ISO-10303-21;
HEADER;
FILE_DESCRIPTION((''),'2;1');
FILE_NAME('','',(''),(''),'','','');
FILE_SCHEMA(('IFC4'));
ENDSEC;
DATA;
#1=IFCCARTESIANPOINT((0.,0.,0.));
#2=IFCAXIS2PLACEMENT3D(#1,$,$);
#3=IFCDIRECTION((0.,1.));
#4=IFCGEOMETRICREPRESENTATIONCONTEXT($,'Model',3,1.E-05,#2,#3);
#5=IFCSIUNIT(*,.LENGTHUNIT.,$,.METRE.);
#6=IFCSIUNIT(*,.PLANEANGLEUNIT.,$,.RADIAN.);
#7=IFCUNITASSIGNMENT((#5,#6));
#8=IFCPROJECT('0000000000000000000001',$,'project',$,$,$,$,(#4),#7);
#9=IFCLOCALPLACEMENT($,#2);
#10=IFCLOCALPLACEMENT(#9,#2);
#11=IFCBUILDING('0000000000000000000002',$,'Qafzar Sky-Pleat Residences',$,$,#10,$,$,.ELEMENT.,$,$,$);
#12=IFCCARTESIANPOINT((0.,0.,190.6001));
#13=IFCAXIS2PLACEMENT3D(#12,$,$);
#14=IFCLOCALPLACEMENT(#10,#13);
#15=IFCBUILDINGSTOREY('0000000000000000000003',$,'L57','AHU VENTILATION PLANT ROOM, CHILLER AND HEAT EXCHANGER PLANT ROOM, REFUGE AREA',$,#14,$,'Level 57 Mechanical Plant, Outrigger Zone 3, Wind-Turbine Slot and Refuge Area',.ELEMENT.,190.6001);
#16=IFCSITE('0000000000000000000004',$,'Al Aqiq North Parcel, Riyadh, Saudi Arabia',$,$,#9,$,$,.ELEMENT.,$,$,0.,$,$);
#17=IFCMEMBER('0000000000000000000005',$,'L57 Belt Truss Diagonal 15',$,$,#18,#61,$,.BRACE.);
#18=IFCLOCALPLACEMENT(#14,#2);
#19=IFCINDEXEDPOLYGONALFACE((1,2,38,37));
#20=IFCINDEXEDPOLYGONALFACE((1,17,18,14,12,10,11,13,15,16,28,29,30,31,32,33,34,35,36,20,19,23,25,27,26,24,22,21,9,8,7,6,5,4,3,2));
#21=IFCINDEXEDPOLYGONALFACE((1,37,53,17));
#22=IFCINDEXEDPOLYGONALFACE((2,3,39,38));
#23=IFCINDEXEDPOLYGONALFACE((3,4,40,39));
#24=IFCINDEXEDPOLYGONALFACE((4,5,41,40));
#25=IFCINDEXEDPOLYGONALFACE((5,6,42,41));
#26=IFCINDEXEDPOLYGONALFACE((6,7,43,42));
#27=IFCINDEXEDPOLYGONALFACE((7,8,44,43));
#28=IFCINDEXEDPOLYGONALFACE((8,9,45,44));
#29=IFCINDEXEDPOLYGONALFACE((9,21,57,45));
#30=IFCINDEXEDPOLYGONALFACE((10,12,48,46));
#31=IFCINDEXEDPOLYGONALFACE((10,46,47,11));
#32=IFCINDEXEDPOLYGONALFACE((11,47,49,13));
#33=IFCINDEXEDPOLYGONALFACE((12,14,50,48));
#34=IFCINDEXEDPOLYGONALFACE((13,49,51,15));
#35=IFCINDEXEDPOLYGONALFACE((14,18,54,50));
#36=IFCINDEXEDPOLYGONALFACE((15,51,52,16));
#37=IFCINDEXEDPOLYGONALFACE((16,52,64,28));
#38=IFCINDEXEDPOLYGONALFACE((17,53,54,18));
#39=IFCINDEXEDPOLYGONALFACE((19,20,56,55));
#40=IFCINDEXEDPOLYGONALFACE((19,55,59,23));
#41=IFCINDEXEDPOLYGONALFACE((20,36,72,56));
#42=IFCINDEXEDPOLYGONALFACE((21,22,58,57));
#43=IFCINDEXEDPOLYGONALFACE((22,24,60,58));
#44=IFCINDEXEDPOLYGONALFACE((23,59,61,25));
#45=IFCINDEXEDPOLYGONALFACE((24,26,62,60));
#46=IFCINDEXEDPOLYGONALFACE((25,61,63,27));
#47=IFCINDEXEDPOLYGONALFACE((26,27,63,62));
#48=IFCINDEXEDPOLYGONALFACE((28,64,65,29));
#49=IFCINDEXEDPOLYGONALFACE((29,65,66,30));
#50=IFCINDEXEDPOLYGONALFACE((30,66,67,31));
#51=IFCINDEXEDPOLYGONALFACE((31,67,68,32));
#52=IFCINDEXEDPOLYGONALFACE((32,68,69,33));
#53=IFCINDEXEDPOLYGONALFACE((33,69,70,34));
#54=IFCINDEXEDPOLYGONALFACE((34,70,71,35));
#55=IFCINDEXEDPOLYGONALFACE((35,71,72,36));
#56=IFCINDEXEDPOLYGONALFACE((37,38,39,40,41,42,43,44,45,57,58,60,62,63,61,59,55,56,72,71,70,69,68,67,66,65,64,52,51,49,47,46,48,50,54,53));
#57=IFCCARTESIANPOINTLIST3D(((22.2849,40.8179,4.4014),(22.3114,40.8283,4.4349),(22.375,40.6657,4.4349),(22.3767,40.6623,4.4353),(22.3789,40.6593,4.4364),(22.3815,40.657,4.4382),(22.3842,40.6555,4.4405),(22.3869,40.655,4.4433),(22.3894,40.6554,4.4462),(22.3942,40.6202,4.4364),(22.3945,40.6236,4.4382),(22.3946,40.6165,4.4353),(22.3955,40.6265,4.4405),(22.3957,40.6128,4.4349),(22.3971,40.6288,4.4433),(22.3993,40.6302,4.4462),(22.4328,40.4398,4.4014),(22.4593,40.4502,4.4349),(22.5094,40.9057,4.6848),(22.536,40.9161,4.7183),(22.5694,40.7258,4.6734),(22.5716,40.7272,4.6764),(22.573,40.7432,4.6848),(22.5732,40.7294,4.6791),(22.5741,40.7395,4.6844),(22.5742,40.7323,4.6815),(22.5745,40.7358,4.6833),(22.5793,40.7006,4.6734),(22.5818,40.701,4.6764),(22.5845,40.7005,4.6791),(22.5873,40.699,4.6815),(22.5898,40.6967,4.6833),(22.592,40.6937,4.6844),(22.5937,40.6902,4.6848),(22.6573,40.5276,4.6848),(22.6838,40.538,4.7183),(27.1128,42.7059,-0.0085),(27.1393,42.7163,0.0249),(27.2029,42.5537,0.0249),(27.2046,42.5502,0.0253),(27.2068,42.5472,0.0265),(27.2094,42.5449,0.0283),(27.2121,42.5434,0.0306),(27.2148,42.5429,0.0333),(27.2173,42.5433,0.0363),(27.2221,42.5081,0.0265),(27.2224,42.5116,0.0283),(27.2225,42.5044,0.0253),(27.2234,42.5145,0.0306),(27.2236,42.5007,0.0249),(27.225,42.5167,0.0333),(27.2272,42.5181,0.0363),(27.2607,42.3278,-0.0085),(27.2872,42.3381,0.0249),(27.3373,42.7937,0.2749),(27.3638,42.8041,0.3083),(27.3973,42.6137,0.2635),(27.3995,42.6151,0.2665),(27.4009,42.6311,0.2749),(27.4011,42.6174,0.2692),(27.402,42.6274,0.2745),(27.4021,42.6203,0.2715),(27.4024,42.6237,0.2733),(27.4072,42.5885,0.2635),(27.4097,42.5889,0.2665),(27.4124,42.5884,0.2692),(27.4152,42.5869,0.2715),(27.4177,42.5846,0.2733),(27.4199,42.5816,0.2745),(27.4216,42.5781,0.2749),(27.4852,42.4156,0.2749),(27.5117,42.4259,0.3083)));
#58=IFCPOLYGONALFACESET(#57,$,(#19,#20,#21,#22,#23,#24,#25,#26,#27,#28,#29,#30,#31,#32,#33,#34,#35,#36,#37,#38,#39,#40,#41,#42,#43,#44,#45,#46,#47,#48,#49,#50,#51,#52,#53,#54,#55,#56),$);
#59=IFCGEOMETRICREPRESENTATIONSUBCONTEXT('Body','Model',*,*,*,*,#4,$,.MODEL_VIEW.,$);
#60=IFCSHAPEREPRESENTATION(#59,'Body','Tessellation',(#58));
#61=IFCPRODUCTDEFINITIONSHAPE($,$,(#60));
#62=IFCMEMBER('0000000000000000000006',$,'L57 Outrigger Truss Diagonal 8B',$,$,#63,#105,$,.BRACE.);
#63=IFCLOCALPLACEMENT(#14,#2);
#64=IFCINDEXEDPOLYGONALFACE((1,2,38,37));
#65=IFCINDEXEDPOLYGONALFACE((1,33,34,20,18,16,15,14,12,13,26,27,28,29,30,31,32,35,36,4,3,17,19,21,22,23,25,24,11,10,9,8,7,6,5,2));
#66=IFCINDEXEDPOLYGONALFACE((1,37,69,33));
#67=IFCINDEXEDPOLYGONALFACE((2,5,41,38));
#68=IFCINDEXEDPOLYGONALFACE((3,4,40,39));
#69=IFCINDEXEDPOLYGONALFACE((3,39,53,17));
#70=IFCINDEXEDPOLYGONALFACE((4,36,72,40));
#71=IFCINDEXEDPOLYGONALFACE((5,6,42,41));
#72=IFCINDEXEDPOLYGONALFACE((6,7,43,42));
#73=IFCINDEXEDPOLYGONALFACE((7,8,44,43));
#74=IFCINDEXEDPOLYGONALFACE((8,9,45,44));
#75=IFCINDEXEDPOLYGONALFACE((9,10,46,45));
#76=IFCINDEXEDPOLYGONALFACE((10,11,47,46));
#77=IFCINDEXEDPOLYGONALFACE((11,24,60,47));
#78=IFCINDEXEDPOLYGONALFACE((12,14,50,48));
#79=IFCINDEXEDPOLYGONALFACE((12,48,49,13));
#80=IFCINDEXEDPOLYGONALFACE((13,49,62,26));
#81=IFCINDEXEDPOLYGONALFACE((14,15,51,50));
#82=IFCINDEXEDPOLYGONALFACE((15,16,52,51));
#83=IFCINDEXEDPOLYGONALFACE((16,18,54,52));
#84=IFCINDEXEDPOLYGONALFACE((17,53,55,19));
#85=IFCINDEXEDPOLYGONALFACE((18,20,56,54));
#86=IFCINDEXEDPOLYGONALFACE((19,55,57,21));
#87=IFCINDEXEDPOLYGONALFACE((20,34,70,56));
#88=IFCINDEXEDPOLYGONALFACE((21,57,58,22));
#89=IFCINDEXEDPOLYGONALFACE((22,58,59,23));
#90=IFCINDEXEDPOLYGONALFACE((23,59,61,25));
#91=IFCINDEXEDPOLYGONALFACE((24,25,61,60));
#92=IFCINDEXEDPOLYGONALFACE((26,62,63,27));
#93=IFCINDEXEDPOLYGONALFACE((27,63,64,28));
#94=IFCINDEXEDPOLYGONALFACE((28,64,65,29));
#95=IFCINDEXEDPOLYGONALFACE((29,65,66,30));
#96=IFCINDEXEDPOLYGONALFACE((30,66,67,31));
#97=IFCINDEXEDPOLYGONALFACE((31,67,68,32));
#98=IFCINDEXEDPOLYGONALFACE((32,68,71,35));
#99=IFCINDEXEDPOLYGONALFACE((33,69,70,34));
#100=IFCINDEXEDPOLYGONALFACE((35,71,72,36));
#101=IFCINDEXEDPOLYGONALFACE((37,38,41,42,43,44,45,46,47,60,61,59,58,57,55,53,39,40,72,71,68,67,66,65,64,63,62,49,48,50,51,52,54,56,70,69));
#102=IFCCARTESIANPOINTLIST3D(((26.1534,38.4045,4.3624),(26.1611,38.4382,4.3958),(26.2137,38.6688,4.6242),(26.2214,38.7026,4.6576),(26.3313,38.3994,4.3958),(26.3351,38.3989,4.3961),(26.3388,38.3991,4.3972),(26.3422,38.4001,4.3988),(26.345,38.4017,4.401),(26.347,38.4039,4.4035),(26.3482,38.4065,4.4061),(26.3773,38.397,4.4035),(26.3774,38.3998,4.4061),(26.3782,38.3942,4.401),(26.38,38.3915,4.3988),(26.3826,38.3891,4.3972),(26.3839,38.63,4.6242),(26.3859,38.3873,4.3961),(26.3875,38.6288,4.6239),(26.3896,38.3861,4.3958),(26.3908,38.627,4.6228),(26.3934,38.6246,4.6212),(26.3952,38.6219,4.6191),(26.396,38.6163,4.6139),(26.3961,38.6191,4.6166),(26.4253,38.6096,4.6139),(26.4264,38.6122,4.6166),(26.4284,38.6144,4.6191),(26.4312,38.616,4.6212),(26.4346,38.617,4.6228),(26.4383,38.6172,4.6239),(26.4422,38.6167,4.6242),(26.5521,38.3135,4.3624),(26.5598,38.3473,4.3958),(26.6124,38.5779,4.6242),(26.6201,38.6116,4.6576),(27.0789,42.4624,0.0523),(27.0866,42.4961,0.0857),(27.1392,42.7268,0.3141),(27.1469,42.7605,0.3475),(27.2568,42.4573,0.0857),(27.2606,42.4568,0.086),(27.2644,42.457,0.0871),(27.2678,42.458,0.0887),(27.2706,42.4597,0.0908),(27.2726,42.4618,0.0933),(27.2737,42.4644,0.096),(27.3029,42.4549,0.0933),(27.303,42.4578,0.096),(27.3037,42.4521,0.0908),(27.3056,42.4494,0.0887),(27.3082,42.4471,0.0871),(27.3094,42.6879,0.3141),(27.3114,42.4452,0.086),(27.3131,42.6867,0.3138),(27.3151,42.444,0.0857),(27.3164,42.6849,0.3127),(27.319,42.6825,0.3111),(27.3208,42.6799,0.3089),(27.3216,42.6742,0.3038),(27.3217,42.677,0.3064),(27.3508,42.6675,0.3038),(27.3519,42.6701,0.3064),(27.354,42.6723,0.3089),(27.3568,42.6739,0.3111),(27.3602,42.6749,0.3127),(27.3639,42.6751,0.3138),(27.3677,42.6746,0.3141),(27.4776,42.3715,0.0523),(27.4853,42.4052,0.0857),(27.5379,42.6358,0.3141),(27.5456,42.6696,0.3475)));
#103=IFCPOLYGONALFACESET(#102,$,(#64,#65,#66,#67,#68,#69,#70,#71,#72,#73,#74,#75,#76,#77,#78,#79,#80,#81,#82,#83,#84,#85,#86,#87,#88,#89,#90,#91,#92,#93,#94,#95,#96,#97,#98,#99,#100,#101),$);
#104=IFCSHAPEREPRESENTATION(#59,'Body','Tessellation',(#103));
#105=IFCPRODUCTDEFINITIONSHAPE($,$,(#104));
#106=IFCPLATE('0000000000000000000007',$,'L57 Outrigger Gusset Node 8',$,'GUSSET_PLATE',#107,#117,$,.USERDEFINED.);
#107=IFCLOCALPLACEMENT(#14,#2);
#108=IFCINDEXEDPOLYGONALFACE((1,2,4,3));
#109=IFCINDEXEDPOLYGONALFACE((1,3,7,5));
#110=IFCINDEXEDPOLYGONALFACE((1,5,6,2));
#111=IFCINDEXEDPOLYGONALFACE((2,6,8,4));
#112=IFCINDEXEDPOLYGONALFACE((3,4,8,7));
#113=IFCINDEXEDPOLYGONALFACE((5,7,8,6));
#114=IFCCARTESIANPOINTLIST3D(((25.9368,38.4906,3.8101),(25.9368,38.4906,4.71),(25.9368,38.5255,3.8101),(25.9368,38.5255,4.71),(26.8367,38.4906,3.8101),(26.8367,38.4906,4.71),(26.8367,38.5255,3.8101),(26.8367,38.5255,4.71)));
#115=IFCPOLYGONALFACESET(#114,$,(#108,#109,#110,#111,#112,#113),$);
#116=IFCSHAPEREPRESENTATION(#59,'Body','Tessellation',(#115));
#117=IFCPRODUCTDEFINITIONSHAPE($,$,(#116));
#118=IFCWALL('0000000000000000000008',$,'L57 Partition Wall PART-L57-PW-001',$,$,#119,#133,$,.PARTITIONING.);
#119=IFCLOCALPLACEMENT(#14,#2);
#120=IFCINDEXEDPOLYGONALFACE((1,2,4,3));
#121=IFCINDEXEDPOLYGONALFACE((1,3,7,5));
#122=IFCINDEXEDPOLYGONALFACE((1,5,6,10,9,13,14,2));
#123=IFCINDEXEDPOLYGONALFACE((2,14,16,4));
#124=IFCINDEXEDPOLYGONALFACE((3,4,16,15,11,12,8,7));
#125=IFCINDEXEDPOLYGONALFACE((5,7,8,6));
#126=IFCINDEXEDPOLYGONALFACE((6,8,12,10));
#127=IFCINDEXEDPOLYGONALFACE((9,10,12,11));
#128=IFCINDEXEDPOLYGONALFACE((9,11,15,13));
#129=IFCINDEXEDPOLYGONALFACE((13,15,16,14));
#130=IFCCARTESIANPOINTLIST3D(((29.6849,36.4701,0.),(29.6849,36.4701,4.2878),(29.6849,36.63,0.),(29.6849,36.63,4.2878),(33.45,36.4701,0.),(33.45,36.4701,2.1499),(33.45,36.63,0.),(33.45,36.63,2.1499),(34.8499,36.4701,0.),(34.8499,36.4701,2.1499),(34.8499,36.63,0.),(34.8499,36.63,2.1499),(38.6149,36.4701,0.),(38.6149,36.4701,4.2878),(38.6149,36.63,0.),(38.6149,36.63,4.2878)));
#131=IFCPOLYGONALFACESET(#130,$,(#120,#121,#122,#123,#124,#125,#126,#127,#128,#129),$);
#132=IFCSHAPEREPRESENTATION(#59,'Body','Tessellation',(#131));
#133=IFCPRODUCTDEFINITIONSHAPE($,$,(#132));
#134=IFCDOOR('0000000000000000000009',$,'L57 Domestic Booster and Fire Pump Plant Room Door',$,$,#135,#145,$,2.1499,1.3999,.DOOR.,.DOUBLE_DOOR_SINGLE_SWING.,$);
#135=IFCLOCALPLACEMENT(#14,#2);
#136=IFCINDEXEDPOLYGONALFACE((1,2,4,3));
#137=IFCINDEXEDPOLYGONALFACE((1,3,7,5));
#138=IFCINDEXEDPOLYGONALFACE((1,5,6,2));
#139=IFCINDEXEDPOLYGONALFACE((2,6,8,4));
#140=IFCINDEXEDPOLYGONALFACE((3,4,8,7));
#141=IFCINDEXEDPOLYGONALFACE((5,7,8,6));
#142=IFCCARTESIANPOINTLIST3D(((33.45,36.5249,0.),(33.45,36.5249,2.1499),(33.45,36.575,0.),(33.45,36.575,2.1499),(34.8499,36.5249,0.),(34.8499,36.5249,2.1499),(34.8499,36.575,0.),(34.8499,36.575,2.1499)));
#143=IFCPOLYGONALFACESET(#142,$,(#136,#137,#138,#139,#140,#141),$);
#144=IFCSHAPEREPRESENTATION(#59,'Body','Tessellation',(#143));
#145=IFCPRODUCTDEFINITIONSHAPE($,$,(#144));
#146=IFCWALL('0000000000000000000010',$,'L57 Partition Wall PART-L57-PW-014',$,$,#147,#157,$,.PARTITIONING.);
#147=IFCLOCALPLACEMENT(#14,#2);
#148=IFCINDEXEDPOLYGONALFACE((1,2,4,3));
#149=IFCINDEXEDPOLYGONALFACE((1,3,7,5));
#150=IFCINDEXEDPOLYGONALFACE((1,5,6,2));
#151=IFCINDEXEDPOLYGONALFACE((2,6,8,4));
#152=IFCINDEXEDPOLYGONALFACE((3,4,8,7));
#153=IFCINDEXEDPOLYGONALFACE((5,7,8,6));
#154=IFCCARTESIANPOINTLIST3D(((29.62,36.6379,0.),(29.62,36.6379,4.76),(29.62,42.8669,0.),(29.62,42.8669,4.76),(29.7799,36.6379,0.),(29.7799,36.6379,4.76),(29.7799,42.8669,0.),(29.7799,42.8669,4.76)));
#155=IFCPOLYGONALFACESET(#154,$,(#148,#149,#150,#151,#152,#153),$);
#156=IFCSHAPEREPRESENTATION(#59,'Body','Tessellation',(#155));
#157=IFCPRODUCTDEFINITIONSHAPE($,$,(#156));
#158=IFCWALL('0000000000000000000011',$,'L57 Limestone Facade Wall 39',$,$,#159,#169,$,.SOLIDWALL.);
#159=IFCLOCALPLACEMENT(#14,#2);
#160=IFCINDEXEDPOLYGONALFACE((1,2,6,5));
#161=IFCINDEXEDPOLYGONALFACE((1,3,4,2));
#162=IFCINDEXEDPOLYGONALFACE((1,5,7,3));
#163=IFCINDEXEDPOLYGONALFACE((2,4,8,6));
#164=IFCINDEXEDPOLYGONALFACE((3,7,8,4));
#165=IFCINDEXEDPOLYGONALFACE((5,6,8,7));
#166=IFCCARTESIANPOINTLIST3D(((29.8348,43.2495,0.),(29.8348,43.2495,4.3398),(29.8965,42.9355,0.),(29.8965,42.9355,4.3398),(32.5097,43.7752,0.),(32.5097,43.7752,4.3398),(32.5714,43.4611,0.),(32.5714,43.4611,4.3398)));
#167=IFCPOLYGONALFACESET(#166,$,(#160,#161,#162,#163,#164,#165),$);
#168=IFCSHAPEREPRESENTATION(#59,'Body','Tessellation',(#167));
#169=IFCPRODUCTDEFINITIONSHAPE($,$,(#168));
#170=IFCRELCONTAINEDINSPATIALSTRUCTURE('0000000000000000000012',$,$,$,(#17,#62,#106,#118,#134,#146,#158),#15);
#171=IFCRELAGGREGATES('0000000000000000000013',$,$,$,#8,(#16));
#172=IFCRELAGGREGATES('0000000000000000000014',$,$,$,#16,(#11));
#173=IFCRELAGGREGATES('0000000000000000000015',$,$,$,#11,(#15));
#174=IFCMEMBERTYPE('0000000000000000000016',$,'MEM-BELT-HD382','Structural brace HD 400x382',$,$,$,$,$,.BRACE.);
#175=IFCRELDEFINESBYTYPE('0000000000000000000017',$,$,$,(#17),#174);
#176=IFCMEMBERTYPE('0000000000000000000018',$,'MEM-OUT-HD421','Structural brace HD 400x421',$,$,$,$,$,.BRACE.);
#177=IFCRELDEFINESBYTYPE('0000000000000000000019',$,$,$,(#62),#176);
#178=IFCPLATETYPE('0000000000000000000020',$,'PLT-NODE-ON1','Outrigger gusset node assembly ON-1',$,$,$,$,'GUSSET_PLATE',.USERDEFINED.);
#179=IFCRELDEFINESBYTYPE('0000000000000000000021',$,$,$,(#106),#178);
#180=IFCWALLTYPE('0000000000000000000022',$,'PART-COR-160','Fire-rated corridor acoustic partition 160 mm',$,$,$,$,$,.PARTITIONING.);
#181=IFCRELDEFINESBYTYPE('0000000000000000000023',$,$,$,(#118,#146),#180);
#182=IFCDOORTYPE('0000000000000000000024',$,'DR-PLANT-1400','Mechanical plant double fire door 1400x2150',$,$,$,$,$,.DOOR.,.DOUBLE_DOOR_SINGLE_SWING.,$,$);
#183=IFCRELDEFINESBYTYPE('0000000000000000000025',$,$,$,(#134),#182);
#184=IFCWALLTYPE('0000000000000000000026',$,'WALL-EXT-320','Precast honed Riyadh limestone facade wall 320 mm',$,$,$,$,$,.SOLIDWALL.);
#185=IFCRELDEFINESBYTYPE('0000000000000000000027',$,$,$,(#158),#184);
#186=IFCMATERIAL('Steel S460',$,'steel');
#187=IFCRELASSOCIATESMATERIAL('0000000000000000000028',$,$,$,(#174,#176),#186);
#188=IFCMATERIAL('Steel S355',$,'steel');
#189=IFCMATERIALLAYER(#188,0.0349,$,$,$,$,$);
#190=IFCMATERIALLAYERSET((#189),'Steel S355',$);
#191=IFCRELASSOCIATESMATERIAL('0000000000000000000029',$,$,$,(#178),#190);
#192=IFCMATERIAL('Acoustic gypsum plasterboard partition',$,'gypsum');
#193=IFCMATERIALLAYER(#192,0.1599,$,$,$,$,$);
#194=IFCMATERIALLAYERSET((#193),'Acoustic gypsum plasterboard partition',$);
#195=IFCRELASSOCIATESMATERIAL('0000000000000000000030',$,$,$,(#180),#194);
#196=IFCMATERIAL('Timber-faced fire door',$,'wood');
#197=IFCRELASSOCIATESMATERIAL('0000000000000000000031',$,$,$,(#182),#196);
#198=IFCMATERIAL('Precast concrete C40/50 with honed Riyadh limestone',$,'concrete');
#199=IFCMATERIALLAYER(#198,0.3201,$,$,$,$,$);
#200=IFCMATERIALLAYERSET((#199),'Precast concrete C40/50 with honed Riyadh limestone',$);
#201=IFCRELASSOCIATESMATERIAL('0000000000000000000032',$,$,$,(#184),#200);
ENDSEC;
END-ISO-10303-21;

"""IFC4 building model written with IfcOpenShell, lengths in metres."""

from ifc_helpers import new_model, si_unit, direction, frame, frame_2d, origin, origin_2d, place, context, subcontext, project, spatial, rectangle, i_section, extrude, source, transform, mapped, material, layer, layer_set, material_profile, profile_set, type_object, element, fill, save


model = new_model("IFC4")

# Units and contexts
model_context = context("Model", 3, precision=1e-05, world=origin(), true_north=direction((0.0, 1.0)))
body_context = subcontext(model_context, "Body", "Model", "MODEL_VIEW")
ifc_project = project(units=[si_unit("LENGTHUNIT", "METRE"), si_unit("PLANEANGLEUNIT", "RADIAN")], contexts=[model_context])

# Site, building, storey
site_placement = place(None, origin())
site = spatial("IfcSite", under=ifc_project, at=site_placement, Name="Al Aqiq North Parcel, Riyadh, Saudi Arabia", CompositionType="ELEMENT", RefElevation=0.0)
building_placement = place(site_placement, origin())
building = spatial("IfcBuilding", under=site, at=building_placement, Name="Qafzar Sky-Pleat Residences", CompositionType="ELEMENT")
storey_placement = place(building_placement, frame((0.0, 0.0, 190.6001)))
storey = spatial("IfcBuildingStorey", under=building, at=storey_placement, Name="L57", Description="AHU VENTILATION PLANT ROOM, CHILLER AND HEAT EXCHANGER PLANT ROOM, REFUGE AREA", LongName="Level 57 Mechanical Plant, Outrigger Zone 3, Wind-Turbine Slot and Refuge Area", CompositionType="ELEMENT", Elevation=190.6001)

# Shared definitions
ifc_material_1 = material(Name="Steel S355", Category="steel")

# Shared definitions
ifc_material_2 = material(Name="Steel S460", Category="steel")

# Members
ifc_material_profile_1 = material_profile(ifc_material_2, i_section(OverallWidth=0.406, OverallDepth=0.416, WebThickness=0.0271, FlangeThickness=0.0439, FilletRadius=0.0149, at=origin_2d()), Name="HD 400x382")
ifc_profile_set_1 = profile_set([ifc_material_profile_1], Name="Steel S460")
member_type_1 = type_object("IfcMemberType", Name="MEM-BELT-HD382", Description="Structural brace HD 400x382", PredefinedType="BRACE", material=ifc_profile_set_1)
shared_shape_1 = source(origin(), body_context, "Body", "SweptSolid", [
    extrude(i_section(OverallWidth=0.406, OverallDepth=0.416, WebThickness=0.0271, FlangeThickness=0.0439, FilletRadius=0.0149, at=origin_2d()), origin(), (0.0, 0.0, 1.0), 6.8059),
])
member_1_placement = place(storey_placement, frame((27.3123, 42.5659, 0.1499), z_axis=(-0.709369, -0.277398, 0.647956), x_axis=(0.364193, -0.931323, 0.0)))
element("IfcMember", 1, at=member_1_placement, inside=storey, type_object=member_type_1, Name="L57 Belt Truss Diagonal 15", PredefinedType="BRACE", context=body_context, shape_type="MappedRepresentation", body=[
    mapped(shared_shape_1, transform((0.0, 0.0, 0.0), x_axis=(1.0, 0.0, 0.0), y_axis=(0.0, 1.0, 0.0), z_axis=(0.0, 0.0, 1.0), scale=1.0)),
])
ifc_material_profile_2 = material_profile(ifc_material_2, i_section(OverallWidth=0.4089, OverallDepth=0.425, WebThickness=0.03, FlangeThickness=0.0481, FilletRadius=0.0149, at=origin_2d()), Name="HD 400x421")
ifc_profile_set_2 = profile_set([ifc_material_profile_2], Name="Steel S460")
member_type_2 = type_object("IfcMemberType", Name="MEM-OUT-HD421", Description="Structural brace HD 400x421", PredefinedType="BRACE", material=ifc_profile_set_2)
shared_shape_2 = source(origin(), body_context, "Body", "SweptSolid", [
    extrude(i_section(OverallWidth=0.4089, OverallDepth=0.425, WebThickness=0.03, FlangeThickness=0.0481, FilletRadius=0.0149, at=origin_2d()), origin(), (0.0, 0.0, 1.0), 5.9917),
])
member_2_placement = place(storey_placement, frame((26.3867, 38.5081, 4.51), z_axis=(0.154472, 0.677257, -0.719348), x_axis=(-0.974961, 0.222374, 0.0)))
element("IfcMember", 2, at=member_2_placement, inside=storey, type_object=member_type_2, Name="L57 Outrigger Truss Diagonal 8B", PredefinedType="BRACE", context=body_context, shape_type="MappedRepresentation", body=[
    mapped(shared_shape_2, transform((0.0, 0.0, 0.0), x_axis=(1.0, 0.0, 0.0), y_axis=(0.0, 1.0, 0.0), z_axis=(0.0, 0.0, 1.0), scale=1.0)),
])

# Plate
ifc_layer_1 = layer(ifc_material_1, 0.0349)
ifc_layer_set_1 = layer_set([ifc_layer_1], Name="Steel S355")
plate_type = type_object("IfcPlateType", Name="PLT-NODE-ON1", Description="Outrigger gusset node assembly ON-1", ElementType="GUSSET_PLATE", PredefinedType="USERDEFINED", material=ifc_layer_set_1)
shared_shape_3 = source(origin(), body_context, "Body", "SweptSolid", [
    extrude(rectangle(XDim=0.8999, YDim=0.0349, at=origin_2d()), origin(), (0.0, 0.0, 1.0), 0.8999),
])
plate_placement = place(storey_placement, frame((26.3867, 38.5081, 3.8101), z_axis=(0.0, 0.0, 1.0), x_axis=(1.0, 0.0, 0.0)))
element("IfcPlate", 3, at=plate_placement, inside=storey, type_object=plate_type, Name="L57 Outrigger Gusset Node 8", ObjectType="GUSSET_PLATE", PredefinedType="USERDEFINED", context=body_context, shape_type="MappedRepresentation", body=[
    mapped(shared_shape_3, transform((0.0, 0.0, 0.0), x_axis=(1.0, 0.0, 0.0), y_axis=(0.0, 1.0, 0.0), z_axis=(0.0, 0.0, 1.0), scale=1.0)),
])

# Wall, opening, door
ifc_material_3 = material(Name="Acoustic gypsum plasterboard partition", Category="gypsum")
ifc_layer_2 = layer(ifc_material_3, 0.1599)
ifc_layer_set_2 = layer_set([ifc_layer_2], Name="Acoustic gypsum plasterboard partition")
wall_type_1 = type_object("IfcWallType", Name="PART-COR-160", Description="Fire-rated corridor acoustic partition 160 mm", PredefinedType="PARTITIONING", material=ifc_layer_set_2)
wall_1_placement = place(storey_placement, frame((29.6851, 36.55, 0.0), z_axis=(0.0, 0.0, 1.0), x_axis=(1.0, 0.0, 0.0)))
wall_1 = element("IfcWall", 4, at=wall_1_placement, inside=storey, type_object=wall_type_1, Name="L57 Partition Wall PART-L57-PW-001", PredefinedType="PARTITIONING", context=body_context, shape_type="SweptSolid", body=[
    extrude(rectangle(XDim=8.9299, YDim=0.1599, at=frame_2d((4.4648, 0.0))), origin(), (0.0, 0.0, 1.0), 4.2878),
])
opening_placement = place(wall_1_placement, frame((3.7649, 0.0, 0.0)))
opening = element("IfcOpeningElement", 5, at=opening_placement, cuts=wall_1, PredefinedType="OPENING", context=body_context, shape_type="SweptSolid", body=[
    extrude(rectangle(XDim=1.3999, YDim=2.1499, at=frame_2d((0.7, 1.075))), frame((0.0, 0.0898, 0.0), z_axis=(0.0, -1.0, 0.0), x_axis=(1.0, 0.0, 0.0)), (0.0, 0.0, 1.0), 0.1799),
])
ifc_material_4 = material(Name="Timber-faced fire door", Category="wood")
door_type = type_object("IfcDoorType", Name="DR-PLANT-1400", Description="Mechanical plant double fire door 1400x2150", OperationType="DOUBLE_DOOR_SINGLE_SWING", PredefinedType="DOOR", material=ifc_material_4)
shared_shape_4 = source(origin(), body_context, "Body", "SweptSolid", [
    extrude(rectangle(XDim=1.3999, YDim=2.1499, at=frame_2d((0.7, 1.075))), frame((0.0, 0.0249, 0.0), z_axis=(0.0, -1.0, 0.0), x_axis=(1.0, 0.0, 0.0)), (0.0, 0.0, 1.0), 0.05),
])
door_placement = place(opening_placement, origin())
door = element("IfcDoor", 6, at=door_placement, inside=storey, type_object=door_type, Name="L57 Domestic Booster and Fire Pump Plant Room Door", OperationType="DOUBLE_DOOR_SINGLE_SWING", OverallHeight=2.1499, OverallWidth=1.3999, PredefinedType="DOOR", context=body_context, shape_type="MappedRepresentation", body=[
    mapped(shared_shape_4, transform((0.0, 0.0, 0.0), x_axis=(1.0, 0.0, 0.0), y_axis=(0.0, 1.0, 0.0), z_axis=(0.0, 0.0, 1.0), scale=1.0)),
])
fill(opening, door)

# Walls
wall_2_placement = place(storey_placement, frame((29.7, 36.6379, 0.0), z_axis=(0.0, 0.0, 1.0), x_axis=(0.0, 1.0, 0.0)))
element("IfcWall", 7, at=wall_2_placement, inside=storey, type_object=wall_type_1, Name="L57 Partition Wall PART-L57-PW-014", PredefinedType="PARTITIONING", context=body_context, shape_type="SweptSolid", body=[
    extrude(rectangle(XDim=6.229, YDim=0.1599, at=frame_2d((3.1145, 0.0))), origin(), (0.0, 0.0, 1.0), 4.76),
])
ifc_material_5 = material(Name="Precast concrete C40/50 with honed Riyadh limestone", Category="concrete")
ifc_layer_3 = layer(ifc_material_5, 0.3201)
ifc_layer_set_3 = layer_set([ifc_layer_3], Name="Precast concrete C40/50 with honed Riyadh limestone")
wall_type_2 = type_object("IfcWallType", Name="WALL-EXT-320", Description="Precast honed Riyadh limestone facade wall 320 mm", PredefinedType="SOLIDWALL", material=ifc_layer_set_3)
wall_3_placement = place(storey_placement, frame((32.5405, 43.6182, 0.0), z_axis=(0.0, 0.0, 1.0), x_axis=(-0.981233, -0.192825, 0.0)))
element("IfcWall", 8, at=wall_3_placement, inside=storey, type_object=wall_type_2, Name="L57 Limestone Facade Wall 39", PredefinedType="SOLIDWALL", context=body_context, shape_type="SweptSolid", body=[
    extrude(rectangle(XDim=2.7261, YDim=0.3201, at=frame_2d((1.363, 0.0))), origin(), (0.0, 0.0, 1.0), 4.3398),
])

save(model, "model.ifc")
